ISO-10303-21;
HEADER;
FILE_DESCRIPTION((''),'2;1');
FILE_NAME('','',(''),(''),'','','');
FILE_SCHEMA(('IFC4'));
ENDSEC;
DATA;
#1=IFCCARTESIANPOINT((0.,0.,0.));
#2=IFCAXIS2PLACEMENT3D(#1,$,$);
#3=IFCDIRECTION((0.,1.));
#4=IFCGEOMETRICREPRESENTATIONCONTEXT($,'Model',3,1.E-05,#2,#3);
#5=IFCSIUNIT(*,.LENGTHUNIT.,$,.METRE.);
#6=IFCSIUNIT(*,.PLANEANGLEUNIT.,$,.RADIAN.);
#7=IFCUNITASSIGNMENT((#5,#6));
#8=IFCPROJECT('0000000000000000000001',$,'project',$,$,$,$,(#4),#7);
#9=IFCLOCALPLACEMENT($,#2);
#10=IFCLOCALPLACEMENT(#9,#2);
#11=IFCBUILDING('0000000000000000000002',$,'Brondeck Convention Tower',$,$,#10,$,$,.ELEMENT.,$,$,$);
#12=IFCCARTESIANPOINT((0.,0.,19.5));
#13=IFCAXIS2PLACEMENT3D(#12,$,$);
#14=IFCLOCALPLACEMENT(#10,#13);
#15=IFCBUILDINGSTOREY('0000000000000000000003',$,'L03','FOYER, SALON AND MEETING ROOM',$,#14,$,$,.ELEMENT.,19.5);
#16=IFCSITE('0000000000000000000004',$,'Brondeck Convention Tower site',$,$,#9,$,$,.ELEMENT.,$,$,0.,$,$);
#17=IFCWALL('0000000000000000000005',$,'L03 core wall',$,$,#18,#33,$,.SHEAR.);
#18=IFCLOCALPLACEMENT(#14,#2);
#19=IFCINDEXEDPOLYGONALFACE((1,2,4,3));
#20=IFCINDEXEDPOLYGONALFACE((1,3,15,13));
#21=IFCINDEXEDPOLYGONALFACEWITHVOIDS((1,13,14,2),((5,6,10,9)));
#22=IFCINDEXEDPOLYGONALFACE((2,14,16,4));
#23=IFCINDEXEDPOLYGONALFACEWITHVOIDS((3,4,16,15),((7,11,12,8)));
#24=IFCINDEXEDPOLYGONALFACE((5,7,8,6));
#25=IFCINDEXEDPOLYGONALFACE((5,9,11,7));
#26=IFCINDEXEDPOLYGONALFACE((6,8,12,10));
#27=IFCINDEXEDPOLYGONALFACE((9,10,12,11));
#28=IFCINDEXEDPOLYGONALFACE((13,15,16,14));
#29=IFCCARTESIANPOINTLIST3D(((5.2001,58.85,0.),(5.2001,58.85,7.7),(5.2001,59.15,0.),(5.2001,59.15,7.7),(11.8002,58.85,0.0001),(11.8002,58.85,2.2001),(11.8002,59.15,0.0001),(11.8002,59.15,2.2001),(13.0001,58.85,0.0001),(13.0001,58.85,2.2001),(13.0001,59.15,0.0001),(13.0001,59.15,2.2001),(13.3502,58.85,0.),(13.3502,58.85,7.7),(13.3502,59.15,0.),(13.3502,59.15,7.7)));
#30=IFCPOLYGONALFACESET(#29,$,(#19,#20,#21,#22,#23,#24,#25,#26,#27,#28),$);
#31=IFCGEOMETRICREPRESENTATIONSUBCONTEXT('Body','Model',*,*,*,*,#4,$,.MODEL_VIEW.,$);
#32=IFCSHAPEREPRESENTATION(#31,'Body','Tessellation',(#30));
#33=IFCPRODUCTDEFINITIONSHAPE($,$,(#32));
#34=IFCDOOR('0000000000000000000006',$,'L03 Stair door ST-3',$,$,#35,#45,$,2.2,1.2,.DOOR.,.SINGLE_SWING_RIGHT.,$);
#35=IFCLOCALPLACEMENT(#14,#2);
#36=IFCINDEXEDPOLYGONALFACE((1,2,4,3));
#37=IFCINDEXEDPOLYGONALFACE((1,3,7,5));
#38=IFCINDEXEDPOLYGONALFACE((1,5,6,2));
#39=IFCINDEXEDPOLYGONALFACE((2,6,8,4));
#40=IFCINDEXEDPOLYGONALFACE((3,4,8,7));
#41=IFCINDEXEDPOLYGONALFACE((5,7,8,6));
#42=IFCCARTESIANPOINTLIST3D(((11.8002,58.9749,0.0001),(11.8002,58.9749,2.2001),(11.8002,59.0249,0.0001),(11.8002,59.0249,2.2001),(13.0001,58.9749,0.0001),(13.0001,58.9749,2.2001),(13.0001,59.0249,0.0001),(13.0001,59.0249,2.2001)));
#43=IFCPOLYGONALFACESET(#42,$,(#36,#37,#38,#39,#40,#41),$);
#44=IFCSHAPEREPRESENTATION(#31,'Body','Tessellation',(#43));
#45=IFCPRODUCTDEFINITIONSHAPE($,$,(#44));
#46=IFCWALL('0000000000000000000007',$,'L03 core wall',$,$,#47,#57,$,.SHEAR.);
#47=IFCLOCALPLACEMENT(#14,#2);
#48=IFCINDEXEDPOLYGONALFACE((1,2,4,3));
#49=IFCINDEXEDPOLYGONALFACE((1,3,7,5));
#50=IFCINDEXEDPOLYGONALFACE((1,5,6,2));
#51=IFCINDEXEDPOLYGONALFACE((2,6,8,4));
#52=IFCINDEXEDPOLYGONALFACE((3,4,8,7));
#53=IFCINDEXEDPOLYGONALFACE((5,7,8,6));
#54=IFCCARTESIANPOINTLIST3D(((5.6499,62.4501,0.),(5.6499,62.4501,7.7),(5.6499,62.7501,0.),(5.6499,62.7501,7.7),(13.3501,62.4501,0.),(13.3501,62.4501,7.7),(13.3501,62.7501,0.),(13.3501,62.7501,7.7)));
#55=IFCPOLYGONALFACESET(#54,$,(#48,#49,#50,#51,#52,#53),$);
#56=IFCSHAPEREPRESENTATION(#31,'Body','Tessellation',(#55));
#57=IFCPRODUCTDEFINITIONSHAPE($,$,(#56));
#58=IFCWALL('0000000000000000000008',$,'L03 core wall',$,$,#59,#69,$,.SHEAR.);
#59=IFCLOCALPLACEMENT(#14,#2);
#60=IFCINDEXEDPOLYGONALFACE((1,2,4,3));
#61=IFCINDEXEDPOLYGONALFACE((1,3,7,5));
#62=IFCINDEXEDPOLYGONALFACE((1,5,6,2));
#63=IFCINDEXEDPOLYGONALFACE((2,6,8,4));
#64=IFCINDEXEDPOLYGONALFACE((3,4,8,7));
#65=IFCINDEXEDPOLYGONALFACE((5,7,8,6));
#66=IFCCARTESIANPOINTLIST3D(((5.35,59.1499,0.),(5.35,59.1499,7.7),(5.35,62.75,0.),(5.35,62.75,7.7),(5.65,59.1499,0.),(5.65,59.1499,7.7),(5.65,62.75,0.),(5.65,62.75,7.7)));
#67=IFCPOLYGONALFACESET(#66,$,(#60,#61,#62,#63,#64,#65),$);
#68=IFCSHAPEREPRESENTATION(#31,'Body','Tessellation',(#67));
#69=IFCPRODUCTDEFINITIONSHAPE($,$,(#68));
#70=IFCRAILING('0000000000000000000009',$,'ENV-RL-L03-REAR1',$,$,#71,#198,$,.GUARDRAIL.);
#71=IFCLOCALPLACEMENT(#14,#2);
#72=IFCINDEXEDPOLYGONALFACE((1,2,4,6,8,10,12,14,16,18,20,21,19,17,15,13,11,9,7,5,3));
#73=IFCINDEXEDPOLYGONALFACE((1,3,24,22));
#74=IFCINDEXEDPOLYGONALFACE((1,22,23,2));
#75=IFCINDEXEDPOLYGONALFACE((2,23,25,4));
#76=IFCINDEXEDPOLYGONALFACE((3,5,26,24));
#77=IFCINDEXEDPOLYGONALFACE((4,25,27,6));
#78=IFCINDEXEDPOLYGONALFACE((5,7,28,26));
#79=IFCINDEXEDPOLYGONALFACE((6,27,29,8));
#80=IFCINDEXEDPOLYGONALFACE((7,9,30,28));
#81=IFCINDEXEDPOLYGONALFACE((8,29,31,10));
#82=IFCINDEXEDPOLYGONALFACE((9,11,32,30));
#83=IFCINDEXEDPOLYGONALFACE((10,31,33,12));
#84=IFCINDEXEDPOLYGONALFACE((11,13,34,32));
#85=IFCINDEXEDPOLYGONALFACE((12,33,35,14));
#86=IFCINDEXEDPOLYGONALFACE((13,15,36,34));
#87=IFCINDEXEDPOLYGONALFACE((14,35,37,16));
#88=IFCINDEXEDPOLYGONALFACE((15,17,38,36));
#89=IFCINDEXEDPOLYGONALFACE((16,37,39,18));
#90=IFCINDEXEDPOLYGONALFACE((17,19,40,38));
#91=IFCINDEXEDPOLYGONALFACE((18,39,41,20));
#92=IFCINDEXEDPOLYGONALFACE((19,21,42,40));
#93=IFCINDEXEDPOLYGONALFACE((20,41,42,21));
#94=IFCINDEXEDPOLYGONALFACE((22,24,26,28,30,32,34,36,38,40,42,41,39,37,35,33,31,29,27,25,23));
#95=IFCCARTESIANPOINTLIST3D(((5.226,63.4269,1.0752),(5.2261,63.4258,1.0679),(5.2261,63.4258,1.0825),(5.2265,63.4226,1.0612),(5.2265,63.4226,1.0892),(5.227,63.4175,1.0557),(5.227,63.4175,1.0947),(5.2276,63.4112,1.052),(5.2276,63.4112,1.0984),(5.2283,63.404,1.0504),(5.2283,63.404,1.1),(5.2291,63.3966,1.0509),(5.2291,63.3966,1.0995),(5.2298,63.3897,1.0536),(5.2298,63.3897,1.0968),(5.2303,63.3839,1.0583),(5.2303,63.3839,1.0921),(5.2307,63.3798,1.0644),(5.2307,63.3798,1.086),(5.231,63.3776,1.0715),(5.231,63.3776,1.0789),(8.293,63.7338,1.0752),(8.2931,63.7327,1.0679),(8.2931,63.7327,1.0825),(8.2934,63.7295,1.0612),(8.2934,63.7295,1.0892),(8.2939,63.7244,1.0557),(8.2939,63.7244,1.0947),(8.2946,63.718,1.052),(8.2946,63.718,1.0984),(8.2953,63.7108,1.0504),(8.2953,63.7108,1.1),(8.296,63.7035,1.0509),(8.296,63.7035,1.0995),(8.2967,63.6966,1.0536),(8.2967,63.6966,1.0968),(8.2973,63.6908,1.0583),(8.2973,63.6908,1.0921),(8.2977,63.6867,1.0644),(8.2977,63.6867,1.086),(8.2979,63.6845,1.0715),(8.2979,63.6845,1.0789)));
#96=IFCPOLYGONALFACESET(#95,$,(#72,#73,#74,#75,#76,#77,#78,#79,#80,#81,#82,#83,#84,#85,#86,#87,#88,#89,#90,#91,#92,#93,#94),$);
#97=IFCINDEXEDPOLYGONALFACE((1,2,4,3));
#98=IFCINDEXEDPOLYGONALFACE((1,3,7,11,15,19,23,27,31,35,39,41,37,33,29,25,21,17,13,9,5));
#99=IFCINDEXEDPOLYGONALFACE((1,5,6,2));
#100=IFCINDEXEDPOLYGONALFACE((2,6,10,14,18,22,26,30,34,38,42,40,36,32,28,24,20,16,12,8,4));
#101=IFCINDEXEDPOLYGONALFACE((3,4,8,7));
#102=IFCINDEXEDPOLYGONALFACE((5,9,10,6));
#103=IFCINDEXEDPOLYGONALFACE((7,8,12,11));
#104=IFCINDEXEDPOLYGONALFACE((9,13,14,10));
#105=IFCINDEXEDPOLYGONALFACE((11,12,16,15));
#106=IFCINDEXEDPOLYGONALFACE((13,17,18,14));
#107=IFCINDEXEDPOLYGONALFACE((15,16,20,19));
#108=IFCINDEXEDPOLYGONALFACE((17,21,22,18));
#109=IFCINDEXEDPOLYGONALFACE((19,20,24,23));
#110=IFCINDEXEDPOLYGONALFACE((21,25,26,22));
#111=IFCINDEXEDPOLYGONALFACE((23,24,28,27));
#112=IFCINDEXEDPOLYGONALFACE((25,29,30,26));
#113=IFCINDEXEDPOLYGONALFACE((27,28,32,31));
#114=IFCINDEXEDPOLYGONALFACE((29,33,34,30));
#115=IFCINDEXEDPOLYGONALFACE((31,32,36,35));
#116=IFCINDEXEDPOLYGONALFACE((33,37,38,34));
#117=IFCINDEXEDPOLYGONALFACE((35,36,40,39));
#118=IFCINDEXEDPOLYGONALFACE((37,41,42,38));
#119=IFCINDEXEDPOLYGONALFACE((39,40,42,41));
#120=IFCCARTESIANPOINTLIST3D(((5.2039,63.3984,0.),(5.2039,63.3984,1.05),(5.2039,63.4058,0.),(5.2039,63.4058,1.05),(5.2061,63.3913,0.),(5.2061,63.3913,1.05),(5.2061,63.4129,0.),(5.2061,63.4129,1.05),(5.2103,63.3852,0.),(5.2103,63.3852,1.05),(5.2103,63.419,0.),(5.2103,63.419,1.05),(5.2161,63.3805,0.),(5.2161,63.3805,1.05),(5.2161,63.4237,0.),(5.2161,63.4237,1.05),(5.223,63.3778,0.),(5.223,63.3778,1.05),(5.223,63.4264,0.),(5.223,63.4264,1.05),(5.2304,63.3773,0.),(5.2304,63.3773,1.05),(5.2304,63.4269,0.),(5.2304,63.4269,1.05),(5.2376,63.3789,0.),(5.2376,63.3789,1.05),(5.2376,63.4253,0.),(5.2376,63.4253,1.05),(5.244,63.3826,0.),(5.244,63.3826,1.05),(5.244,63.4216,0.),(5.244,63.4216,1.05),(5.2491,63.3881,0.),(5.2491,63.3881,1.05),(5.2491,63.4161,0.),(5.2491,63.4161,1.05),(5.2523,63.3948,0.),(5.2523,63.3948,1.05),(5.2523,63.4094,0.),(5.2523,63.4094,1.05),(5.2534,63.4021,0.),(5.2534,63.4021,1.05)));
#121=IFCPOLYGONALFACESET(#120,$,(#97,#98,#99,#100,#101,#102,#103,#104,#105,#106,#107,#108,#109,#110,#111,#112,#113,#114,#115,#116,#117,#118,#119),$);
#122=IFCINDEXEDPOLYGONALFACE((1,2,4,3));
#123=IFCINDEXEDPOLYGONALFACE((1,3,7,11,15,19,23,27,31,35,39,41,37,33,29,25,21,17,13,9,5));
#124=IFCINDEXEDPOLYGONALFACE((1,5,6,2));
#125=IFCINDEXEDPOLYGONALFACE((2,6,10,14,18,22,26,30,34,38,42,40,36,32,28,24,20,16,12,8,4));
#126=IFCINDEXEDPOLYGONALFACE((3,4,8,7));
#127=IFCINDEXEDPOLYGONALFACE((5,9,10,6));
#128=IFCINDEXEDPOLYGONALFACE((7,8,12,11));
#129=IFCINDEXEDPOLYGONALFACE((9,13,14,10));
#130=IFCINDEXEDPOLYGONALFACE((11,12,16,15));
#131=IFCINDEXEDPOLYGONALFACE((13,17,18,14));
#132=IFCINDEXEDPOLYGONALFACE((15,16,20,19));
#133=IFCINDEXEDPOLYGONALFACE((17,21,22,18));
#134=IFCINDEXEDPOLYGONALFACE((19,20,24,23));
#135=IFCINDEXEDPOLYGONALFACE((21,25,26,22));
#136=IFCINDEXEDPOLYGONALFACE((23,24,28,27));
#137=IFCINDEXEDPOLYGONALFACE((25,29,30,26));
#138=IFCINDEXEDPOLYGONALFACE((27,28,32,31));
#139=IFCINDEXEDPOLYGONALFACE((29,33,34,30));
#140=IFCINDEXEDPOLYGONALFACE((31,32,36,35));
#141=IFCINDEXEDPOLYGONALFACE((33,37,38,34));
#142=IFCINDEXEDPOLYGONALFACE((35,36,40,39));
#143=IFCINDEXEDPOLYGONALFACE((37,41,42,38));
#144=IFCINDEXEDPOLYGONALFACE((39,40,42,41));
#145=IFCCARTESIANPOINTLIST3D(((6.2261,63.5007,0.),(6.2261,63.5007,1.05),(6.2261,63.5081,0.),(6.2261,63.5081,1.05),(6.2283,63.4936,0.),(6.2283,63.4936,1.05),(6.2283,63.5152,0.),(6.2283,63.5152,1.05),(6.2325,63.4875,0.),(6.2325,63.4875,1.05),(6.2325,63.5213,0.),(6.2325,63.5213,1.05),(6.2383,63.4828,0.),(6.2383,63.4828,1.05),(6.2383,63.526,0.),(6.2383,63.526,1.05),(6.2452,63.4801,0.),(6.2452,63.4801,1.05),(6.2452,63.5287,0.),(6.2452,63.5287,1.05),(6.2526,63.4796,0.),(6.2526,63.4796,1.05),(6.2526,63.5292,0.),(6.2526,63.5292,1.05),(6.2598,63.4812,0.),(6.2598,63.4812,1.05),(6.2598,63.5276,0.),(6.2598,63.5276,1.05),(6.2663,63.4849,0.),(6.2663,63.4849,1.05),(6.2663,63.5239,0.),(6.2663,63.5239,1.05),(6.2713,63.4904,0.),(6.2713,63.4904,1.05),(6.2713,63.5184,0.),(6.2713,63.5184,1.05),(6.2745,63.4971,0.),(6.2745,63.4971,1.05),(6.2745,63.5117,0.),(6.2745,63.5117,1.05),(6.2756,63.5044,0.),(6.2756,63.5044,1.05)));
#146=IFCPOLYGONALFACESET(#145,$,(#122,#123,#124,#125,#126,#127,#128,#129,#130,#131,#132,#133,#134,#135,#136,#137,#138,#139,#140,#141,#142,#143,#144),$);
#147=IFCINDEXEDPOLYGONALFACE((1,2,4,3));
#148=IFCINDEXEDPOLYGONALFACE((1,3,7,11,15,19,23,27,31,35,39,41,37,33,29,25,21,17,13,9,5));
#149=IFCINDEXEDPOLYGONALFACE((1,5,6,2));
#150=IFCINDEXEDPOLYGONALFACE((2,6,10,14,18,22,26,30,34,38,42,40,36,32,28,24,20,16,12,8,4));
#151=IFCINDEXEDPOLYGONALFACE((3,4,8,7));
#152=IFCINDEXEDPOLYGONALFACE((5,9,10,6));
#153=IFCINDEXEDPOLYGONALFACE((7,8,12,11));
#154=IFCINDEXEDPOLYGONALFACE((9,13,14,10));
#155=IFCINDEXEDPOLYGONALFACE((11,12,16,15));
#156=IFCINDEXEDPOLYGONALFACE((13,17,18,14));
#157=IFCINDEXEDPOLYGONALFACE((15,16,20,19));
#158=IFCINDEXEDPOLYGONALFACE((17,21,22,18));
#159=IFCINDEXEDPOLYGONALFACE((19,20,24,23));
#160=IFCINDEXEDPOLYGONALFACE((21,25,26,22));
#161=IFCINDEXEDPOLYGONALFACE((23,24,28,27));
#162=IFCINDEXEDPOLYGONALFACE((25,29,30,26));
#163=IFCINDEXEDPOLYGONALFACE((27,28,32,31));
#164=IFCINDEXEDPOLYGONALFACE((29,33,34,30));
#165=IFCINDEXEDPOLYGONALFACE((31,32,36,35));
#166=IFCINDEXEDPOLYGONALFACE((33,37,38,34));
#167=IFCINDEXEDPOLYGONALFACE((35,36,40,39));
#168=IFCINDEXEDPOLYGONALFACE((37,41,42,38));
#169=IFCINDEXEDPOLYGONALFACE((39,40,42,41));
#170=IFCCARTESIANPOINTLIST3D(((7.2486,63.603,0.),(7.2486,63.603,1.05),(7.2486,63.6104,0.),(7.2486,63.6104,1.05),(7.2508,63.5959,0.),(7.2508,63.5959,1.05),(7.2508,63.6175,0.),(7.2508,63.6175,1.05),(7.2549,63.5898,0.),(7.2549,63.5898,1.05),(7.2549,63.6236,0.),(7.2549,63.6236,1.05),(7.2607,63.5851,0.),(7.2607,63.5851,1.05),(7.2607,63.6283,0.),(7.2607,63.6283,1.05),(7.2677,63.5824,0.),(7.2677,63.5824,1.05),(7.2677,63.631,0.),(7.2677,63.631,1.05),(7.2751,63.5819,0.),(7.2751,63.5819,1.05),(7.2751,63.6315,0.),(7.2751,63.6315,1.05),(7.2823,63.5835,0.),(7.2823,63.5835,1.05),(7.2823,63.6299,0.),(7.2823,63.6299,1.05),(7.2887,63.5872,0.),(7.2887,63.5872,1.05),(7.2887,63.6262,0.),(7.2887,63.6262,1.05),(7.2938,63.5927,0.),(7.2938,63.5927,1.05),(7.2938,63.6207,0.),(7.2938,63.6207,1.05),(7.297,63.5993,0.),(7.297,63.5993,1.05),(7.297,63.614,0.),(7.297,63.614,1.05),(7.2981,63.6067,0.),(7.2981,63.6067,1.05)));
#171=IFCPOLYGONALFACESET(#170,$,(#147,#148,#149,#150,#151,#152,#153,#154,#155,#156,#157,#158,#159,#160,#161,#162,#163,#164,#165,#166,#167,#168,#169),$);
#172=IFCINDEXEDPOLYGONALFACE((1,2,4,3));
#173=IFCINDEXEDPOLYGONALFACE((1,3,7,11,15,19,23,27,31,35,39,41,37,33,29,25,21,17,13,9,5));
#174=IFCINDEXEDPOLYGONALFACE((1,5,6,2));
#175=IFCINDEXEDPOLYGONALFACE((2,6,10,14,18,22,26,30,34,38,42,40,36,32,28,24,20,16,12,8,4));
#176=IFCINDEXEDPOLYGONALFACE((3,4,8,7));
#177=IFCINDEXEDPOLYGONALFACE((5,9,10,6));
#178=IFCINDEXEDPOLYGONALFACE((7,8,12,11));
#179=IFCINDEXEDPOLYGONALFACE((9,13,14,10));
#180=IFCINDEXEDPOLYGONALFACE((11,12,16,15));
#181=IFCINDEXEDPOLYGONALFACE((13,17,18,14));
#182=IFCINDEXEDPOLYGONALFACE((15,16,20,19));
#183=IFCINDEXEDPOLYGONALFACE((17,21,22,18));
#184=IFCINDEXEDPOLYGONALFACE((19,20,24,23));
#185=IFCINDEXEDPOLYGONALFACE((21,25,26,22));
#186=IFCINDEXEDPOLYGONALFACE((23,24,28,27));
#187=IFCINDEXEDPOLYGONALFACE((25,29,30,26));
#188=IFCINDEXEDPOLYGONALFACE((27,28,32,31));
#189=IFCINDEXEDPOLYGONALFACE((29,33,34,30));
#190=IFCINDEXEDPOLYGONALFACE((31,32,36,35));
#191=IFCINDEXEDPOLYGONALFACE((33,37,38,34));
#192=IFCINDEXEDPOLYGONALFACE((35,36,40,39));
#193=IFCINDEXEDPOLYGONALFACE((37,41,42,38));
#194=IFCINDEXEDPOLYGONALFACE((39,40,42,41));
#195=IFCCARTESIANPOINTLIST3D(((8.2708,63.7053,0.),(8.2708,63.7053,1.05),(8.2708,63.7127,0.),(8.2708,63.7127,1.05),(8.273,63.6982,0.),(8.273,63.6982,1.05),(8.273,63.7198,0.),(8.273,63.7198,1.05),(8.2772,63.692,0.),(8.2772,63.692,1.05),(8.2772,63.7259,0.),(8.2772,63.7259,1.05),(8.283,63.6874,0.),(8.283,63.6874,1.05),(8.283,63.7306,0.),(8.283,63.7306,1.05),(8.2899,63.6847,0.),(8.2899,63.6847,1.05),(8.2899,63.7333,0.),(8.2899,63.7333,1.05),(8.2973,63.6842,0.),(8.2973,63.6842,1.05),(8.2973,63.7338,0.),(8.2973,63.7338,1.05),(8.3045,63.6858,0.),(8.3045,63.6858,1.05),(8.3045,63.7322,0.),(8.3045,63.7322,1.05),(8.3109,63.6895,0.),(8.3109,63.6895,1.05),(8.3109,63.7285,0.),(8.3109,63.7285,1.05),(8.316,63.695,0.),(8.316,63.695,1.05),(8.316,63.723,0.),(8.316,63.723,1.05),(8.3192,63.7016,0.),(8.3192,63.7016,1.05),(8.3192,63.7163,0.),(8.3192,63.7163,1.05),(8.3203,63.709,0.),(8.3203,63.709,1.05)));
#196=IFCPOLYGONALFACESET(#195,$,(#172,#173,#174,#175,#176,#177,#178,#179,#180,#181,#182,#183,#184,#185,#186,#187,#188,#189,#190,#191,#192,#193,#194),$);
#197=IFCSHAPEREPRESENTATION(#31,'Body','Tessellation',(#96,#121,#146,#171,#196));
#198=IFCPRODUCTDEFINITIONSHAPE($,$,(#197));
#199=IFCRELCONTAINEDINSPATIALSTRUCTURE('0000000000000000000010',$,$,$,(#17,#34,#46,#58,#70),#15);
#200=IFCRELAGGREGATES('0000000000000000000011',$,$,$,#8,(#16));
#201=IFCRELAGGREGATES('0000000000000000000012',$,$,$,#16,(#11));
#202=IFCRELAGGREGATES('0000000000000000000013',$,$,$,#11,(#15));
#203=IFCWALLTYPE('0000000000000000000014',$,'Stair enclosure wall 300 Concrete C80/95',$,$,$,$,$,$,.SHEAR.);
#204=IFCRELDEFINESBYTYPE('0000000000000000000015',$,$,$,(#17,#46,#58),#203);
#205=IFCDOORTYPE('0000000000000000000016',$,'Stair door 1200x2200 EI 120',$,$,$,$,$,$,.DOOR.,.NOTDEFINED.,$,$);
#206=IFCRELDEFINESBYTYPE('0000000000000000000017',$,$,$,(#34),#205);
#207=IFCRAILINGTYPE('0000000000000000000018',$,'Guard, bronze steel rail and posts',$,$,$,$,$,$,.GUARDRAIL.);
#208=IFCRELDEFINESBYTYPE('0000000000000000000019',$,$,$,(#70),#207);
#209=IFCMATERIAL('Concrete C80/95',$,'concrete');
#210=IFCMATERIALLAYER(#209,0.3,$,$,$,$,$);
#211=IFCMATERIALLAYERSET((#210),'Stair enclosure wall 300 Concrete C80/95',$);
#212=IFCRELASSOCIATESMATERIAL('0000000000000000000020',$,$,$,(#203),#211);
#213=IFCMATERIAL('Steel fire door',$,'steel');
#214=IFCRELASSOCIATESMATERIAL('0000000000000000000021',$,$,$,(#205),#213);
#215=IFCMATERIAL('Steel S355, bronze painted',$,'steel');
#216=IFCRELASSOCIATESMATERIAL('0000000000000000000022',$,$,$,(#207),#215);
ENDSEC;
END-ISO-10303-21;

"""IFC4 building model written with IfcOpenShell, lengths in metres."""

from ifc_helpers import new_model, si_unit, direction, frame, frame_2d, origin, origin_2d, place, context, subcontext, project, spatial, rectangle, circle, extrude, material, layer, layer_set, type_object, element, fill, save


model = new_model("IFC4")

# Units and contexts
model_context = context("Model", 3, precision=1e-05, world=origin(), true_north=direction((0.0, 1.0)))
body_context = subcontext(model_context, "Body", "Model", "MODEL_VIEW")
ifc_project = project(units=[si_unit("LENGTHUNIT", "METRE"), si_unit("PLANEANGLEUNIT", "RADIAN")], contexts=[model_context])

# Site, building, storey
site_placement = place(None, origin())
site = spatial("IfcSite", under=ifc_project, at=site_placement, Name="Brondeck Convention Tower site", CompositionType="ELEMENT", RefElevation=0.0)
building_placement = place(site_placement, origin())
building = spatial("IfcBuilding", under=site, at=building_placement, Name="Brondeck Convention Tower", CompositionType="ELEMENT")
storey_placement = place(building_placement, frame((0.0, 0.0, 19.5)))
storey = spatial("IfcBuildingStorey", under=building, at=storey_placement, Name="L03", Description="FOYER, SALON AND MEETING ROOM", CompositionType="ELEMENT", Elevation=19.5)

# Shared definitions
ifc_material_1 = material(Name="Concrete C80/95", Category="concrete")

# Shared definitions
ifc_material_2 = material(Name="Steel fire door", Category="steel")

# Wall, opening, door
ifc_layer_1 = layer(ifc_material_1, 0.3)
ifc_layer_set_1 = layer_set([ifc_layer_1], Name="Stair enclosure wall 300 Concrete C80/95")
wall_type_1 = type_object("IfcWallType", Name="Stair enclosure wall 300 Concrete C80/95", PredefinedType="SHEAR", material=ifc_layer_set_1)
wall_1_placement = place(storey_placement, frame((5.2, 59.0, 0.0), z_axis=(0.0, 0.0, 1.0), x_axis=(1.0, 0.0, 0.0)))
wall_1 = element("IfcWall", 1, at=wall_1_placement, inside=storey, type_object=wall_type_1, Name="L03 core wall", PredefinedType="SHEAR", context=body_context, shape_type="SweptSolid", body=[
    extrude(rectangle(XDim=8.1501, YDim=0.3, at=frame_2d((4.0752, 0.0))), origin(), (0.0, 0.0, 1.0), 7.7),
])
opening_1_placement = place(wall_1_placement, frame((6.6001, 0.0, 0.0)))
opening_1 = element("IfcOpeningElement", 2, at=opening_1_placement, cuts=wall_1, PredefinedType="OPENING", context=body_context, shape_type="SweptSolid", body=[
    extrude(rectangle(XDim=1.2, YDim=2.2, at=frame_2d((0.6001, 1.1001))), frame((0.0, 0.1599, 0.0), z_axis=(0.0, -1.0, 0.0), x_axis=(1.0, 0.0, 0.0)), (0.0, 0.0, 1.0), 0.3201),
])
door_type_1 = type_object("IfcDoorType", Name="Stair door 1200x2200 EI 120", OperationType="NOTDEFINED", PredefinedType="DOOR", material=ifc_material_2)
door_1_placement = place(opening_1_placement, origin())
door_1 = element("IfcDoor", 3, at=door_1_placement, inside=storey, type_object=door_type_1, Name="L03 Stair door ST-3", OperationType="SINGLE_SWING_RIGHT", OverallHeight=2.2, OverallWidth=1.2, PredefinedType="DOOR", context=body_context, shape_type="SweptSolid", body=[
    extrude(rectangle(XDim=1.2, YDim=2.2, at=frame_2d((0.6001, 1.1001))), frame((0.0, 0.0249, 0.0), z_axis=(0.0, -1.0, 0.0), x_axis=(1.0, 0.0, 0.0)), (0.0, 0.0, 1.0), 0.05),
])
fill(opening_1, door_1)

# Walls
wall_2_placement = place(storey_placement, frame((5.6499, 62.6001, 0.0), z_axis=(0.0, 0.0, 1.0), x_axis=(1.0, 0.0, 0.0)))
element("IfcWall", 4, at=wall_2_placement, inside=storey, type_object=wall_type_1, Name="L03 core wall", PredefinedType="SHEAR", context=body_context, shape_type="SweptSolid", body=[
    extrude(rectangle(XDim=7.7002, YDim=0.3, at=frame_2d((3.8501, 0.0))), origin(), (0.0, 0.0, 1.0), 7.7),
])
wall_3_placement = place(storey_placement, frame((5.5, 59.1499, 0.0), z_axis=(0.0, 0.0, 1.0), x_axis=(0.0, 1.0, 0.0)))
element("IfcWall", 5, at=wall_3_placement, inside=storey, type_object=wall_type_1, Name="L03 core wall", PredefinedType="SHEAR", context=body_context, shape_type="SweptSolid", body=[
    extrude(rectangle(XDim=3.6001, YDim=0.3, at=frame_2d((1.8, 0.0))), origin(), (0.0, 0.0, 1.0), 7.7),
])

# Railing
ifc_material_3 = material(Name="Steel S355, bronze painted", Category="steel")
railing_type = type_object("IfcRailingType", Name="Guard, bronze steel rail and posts", PredefinedType="GUARDRAIL", material=ifc_material_3)
railing_placement = place(storey_placement, frame((5.2285, 63.4021, 0.0)))
element("IfcRailing", 6, at=railing_placement, inside=storey, type_object=railing_type, Name="ENV-RL-L03-REAR1", PredefinedType="GUARDRAIL", context=body_context, shape_type="SweptSolid", body=[
    extrude(circle(Radius=0.0249, at=origin_2d()), frame((0.0, 0.0, 1.0752), z_axis=(0.995031, 0.099566, 0.0), x_axis=(-0.099566, 0.995031, 0.0)), (0.0, 0.0, 1.0), 3.0823),
    extrude(circle(Radius=0.0249, at=origin_2d()), origin(), (0.0, 0.0, 1.0), 1.05),
    extrude(circle(Radius=0.0249, at=origin_2d()), frame((1.0222, 0.1023, 0.0)), (0.0, 0.0, 1.0), 1.05),
    extrude(circle(Radius=0.0249, at=origin_2d()), frame((2.0447, 0.2046, 0.0)), (0.0, 0.0, 1.0), 1.05),
    extrude(circle(Radius=0.0249, at=origin_2d()), frame((3.0669, 0.3069, 0.0)), (0.0, 0.0, 1.0), 1.05),
])

save(model, "model.ifc")
